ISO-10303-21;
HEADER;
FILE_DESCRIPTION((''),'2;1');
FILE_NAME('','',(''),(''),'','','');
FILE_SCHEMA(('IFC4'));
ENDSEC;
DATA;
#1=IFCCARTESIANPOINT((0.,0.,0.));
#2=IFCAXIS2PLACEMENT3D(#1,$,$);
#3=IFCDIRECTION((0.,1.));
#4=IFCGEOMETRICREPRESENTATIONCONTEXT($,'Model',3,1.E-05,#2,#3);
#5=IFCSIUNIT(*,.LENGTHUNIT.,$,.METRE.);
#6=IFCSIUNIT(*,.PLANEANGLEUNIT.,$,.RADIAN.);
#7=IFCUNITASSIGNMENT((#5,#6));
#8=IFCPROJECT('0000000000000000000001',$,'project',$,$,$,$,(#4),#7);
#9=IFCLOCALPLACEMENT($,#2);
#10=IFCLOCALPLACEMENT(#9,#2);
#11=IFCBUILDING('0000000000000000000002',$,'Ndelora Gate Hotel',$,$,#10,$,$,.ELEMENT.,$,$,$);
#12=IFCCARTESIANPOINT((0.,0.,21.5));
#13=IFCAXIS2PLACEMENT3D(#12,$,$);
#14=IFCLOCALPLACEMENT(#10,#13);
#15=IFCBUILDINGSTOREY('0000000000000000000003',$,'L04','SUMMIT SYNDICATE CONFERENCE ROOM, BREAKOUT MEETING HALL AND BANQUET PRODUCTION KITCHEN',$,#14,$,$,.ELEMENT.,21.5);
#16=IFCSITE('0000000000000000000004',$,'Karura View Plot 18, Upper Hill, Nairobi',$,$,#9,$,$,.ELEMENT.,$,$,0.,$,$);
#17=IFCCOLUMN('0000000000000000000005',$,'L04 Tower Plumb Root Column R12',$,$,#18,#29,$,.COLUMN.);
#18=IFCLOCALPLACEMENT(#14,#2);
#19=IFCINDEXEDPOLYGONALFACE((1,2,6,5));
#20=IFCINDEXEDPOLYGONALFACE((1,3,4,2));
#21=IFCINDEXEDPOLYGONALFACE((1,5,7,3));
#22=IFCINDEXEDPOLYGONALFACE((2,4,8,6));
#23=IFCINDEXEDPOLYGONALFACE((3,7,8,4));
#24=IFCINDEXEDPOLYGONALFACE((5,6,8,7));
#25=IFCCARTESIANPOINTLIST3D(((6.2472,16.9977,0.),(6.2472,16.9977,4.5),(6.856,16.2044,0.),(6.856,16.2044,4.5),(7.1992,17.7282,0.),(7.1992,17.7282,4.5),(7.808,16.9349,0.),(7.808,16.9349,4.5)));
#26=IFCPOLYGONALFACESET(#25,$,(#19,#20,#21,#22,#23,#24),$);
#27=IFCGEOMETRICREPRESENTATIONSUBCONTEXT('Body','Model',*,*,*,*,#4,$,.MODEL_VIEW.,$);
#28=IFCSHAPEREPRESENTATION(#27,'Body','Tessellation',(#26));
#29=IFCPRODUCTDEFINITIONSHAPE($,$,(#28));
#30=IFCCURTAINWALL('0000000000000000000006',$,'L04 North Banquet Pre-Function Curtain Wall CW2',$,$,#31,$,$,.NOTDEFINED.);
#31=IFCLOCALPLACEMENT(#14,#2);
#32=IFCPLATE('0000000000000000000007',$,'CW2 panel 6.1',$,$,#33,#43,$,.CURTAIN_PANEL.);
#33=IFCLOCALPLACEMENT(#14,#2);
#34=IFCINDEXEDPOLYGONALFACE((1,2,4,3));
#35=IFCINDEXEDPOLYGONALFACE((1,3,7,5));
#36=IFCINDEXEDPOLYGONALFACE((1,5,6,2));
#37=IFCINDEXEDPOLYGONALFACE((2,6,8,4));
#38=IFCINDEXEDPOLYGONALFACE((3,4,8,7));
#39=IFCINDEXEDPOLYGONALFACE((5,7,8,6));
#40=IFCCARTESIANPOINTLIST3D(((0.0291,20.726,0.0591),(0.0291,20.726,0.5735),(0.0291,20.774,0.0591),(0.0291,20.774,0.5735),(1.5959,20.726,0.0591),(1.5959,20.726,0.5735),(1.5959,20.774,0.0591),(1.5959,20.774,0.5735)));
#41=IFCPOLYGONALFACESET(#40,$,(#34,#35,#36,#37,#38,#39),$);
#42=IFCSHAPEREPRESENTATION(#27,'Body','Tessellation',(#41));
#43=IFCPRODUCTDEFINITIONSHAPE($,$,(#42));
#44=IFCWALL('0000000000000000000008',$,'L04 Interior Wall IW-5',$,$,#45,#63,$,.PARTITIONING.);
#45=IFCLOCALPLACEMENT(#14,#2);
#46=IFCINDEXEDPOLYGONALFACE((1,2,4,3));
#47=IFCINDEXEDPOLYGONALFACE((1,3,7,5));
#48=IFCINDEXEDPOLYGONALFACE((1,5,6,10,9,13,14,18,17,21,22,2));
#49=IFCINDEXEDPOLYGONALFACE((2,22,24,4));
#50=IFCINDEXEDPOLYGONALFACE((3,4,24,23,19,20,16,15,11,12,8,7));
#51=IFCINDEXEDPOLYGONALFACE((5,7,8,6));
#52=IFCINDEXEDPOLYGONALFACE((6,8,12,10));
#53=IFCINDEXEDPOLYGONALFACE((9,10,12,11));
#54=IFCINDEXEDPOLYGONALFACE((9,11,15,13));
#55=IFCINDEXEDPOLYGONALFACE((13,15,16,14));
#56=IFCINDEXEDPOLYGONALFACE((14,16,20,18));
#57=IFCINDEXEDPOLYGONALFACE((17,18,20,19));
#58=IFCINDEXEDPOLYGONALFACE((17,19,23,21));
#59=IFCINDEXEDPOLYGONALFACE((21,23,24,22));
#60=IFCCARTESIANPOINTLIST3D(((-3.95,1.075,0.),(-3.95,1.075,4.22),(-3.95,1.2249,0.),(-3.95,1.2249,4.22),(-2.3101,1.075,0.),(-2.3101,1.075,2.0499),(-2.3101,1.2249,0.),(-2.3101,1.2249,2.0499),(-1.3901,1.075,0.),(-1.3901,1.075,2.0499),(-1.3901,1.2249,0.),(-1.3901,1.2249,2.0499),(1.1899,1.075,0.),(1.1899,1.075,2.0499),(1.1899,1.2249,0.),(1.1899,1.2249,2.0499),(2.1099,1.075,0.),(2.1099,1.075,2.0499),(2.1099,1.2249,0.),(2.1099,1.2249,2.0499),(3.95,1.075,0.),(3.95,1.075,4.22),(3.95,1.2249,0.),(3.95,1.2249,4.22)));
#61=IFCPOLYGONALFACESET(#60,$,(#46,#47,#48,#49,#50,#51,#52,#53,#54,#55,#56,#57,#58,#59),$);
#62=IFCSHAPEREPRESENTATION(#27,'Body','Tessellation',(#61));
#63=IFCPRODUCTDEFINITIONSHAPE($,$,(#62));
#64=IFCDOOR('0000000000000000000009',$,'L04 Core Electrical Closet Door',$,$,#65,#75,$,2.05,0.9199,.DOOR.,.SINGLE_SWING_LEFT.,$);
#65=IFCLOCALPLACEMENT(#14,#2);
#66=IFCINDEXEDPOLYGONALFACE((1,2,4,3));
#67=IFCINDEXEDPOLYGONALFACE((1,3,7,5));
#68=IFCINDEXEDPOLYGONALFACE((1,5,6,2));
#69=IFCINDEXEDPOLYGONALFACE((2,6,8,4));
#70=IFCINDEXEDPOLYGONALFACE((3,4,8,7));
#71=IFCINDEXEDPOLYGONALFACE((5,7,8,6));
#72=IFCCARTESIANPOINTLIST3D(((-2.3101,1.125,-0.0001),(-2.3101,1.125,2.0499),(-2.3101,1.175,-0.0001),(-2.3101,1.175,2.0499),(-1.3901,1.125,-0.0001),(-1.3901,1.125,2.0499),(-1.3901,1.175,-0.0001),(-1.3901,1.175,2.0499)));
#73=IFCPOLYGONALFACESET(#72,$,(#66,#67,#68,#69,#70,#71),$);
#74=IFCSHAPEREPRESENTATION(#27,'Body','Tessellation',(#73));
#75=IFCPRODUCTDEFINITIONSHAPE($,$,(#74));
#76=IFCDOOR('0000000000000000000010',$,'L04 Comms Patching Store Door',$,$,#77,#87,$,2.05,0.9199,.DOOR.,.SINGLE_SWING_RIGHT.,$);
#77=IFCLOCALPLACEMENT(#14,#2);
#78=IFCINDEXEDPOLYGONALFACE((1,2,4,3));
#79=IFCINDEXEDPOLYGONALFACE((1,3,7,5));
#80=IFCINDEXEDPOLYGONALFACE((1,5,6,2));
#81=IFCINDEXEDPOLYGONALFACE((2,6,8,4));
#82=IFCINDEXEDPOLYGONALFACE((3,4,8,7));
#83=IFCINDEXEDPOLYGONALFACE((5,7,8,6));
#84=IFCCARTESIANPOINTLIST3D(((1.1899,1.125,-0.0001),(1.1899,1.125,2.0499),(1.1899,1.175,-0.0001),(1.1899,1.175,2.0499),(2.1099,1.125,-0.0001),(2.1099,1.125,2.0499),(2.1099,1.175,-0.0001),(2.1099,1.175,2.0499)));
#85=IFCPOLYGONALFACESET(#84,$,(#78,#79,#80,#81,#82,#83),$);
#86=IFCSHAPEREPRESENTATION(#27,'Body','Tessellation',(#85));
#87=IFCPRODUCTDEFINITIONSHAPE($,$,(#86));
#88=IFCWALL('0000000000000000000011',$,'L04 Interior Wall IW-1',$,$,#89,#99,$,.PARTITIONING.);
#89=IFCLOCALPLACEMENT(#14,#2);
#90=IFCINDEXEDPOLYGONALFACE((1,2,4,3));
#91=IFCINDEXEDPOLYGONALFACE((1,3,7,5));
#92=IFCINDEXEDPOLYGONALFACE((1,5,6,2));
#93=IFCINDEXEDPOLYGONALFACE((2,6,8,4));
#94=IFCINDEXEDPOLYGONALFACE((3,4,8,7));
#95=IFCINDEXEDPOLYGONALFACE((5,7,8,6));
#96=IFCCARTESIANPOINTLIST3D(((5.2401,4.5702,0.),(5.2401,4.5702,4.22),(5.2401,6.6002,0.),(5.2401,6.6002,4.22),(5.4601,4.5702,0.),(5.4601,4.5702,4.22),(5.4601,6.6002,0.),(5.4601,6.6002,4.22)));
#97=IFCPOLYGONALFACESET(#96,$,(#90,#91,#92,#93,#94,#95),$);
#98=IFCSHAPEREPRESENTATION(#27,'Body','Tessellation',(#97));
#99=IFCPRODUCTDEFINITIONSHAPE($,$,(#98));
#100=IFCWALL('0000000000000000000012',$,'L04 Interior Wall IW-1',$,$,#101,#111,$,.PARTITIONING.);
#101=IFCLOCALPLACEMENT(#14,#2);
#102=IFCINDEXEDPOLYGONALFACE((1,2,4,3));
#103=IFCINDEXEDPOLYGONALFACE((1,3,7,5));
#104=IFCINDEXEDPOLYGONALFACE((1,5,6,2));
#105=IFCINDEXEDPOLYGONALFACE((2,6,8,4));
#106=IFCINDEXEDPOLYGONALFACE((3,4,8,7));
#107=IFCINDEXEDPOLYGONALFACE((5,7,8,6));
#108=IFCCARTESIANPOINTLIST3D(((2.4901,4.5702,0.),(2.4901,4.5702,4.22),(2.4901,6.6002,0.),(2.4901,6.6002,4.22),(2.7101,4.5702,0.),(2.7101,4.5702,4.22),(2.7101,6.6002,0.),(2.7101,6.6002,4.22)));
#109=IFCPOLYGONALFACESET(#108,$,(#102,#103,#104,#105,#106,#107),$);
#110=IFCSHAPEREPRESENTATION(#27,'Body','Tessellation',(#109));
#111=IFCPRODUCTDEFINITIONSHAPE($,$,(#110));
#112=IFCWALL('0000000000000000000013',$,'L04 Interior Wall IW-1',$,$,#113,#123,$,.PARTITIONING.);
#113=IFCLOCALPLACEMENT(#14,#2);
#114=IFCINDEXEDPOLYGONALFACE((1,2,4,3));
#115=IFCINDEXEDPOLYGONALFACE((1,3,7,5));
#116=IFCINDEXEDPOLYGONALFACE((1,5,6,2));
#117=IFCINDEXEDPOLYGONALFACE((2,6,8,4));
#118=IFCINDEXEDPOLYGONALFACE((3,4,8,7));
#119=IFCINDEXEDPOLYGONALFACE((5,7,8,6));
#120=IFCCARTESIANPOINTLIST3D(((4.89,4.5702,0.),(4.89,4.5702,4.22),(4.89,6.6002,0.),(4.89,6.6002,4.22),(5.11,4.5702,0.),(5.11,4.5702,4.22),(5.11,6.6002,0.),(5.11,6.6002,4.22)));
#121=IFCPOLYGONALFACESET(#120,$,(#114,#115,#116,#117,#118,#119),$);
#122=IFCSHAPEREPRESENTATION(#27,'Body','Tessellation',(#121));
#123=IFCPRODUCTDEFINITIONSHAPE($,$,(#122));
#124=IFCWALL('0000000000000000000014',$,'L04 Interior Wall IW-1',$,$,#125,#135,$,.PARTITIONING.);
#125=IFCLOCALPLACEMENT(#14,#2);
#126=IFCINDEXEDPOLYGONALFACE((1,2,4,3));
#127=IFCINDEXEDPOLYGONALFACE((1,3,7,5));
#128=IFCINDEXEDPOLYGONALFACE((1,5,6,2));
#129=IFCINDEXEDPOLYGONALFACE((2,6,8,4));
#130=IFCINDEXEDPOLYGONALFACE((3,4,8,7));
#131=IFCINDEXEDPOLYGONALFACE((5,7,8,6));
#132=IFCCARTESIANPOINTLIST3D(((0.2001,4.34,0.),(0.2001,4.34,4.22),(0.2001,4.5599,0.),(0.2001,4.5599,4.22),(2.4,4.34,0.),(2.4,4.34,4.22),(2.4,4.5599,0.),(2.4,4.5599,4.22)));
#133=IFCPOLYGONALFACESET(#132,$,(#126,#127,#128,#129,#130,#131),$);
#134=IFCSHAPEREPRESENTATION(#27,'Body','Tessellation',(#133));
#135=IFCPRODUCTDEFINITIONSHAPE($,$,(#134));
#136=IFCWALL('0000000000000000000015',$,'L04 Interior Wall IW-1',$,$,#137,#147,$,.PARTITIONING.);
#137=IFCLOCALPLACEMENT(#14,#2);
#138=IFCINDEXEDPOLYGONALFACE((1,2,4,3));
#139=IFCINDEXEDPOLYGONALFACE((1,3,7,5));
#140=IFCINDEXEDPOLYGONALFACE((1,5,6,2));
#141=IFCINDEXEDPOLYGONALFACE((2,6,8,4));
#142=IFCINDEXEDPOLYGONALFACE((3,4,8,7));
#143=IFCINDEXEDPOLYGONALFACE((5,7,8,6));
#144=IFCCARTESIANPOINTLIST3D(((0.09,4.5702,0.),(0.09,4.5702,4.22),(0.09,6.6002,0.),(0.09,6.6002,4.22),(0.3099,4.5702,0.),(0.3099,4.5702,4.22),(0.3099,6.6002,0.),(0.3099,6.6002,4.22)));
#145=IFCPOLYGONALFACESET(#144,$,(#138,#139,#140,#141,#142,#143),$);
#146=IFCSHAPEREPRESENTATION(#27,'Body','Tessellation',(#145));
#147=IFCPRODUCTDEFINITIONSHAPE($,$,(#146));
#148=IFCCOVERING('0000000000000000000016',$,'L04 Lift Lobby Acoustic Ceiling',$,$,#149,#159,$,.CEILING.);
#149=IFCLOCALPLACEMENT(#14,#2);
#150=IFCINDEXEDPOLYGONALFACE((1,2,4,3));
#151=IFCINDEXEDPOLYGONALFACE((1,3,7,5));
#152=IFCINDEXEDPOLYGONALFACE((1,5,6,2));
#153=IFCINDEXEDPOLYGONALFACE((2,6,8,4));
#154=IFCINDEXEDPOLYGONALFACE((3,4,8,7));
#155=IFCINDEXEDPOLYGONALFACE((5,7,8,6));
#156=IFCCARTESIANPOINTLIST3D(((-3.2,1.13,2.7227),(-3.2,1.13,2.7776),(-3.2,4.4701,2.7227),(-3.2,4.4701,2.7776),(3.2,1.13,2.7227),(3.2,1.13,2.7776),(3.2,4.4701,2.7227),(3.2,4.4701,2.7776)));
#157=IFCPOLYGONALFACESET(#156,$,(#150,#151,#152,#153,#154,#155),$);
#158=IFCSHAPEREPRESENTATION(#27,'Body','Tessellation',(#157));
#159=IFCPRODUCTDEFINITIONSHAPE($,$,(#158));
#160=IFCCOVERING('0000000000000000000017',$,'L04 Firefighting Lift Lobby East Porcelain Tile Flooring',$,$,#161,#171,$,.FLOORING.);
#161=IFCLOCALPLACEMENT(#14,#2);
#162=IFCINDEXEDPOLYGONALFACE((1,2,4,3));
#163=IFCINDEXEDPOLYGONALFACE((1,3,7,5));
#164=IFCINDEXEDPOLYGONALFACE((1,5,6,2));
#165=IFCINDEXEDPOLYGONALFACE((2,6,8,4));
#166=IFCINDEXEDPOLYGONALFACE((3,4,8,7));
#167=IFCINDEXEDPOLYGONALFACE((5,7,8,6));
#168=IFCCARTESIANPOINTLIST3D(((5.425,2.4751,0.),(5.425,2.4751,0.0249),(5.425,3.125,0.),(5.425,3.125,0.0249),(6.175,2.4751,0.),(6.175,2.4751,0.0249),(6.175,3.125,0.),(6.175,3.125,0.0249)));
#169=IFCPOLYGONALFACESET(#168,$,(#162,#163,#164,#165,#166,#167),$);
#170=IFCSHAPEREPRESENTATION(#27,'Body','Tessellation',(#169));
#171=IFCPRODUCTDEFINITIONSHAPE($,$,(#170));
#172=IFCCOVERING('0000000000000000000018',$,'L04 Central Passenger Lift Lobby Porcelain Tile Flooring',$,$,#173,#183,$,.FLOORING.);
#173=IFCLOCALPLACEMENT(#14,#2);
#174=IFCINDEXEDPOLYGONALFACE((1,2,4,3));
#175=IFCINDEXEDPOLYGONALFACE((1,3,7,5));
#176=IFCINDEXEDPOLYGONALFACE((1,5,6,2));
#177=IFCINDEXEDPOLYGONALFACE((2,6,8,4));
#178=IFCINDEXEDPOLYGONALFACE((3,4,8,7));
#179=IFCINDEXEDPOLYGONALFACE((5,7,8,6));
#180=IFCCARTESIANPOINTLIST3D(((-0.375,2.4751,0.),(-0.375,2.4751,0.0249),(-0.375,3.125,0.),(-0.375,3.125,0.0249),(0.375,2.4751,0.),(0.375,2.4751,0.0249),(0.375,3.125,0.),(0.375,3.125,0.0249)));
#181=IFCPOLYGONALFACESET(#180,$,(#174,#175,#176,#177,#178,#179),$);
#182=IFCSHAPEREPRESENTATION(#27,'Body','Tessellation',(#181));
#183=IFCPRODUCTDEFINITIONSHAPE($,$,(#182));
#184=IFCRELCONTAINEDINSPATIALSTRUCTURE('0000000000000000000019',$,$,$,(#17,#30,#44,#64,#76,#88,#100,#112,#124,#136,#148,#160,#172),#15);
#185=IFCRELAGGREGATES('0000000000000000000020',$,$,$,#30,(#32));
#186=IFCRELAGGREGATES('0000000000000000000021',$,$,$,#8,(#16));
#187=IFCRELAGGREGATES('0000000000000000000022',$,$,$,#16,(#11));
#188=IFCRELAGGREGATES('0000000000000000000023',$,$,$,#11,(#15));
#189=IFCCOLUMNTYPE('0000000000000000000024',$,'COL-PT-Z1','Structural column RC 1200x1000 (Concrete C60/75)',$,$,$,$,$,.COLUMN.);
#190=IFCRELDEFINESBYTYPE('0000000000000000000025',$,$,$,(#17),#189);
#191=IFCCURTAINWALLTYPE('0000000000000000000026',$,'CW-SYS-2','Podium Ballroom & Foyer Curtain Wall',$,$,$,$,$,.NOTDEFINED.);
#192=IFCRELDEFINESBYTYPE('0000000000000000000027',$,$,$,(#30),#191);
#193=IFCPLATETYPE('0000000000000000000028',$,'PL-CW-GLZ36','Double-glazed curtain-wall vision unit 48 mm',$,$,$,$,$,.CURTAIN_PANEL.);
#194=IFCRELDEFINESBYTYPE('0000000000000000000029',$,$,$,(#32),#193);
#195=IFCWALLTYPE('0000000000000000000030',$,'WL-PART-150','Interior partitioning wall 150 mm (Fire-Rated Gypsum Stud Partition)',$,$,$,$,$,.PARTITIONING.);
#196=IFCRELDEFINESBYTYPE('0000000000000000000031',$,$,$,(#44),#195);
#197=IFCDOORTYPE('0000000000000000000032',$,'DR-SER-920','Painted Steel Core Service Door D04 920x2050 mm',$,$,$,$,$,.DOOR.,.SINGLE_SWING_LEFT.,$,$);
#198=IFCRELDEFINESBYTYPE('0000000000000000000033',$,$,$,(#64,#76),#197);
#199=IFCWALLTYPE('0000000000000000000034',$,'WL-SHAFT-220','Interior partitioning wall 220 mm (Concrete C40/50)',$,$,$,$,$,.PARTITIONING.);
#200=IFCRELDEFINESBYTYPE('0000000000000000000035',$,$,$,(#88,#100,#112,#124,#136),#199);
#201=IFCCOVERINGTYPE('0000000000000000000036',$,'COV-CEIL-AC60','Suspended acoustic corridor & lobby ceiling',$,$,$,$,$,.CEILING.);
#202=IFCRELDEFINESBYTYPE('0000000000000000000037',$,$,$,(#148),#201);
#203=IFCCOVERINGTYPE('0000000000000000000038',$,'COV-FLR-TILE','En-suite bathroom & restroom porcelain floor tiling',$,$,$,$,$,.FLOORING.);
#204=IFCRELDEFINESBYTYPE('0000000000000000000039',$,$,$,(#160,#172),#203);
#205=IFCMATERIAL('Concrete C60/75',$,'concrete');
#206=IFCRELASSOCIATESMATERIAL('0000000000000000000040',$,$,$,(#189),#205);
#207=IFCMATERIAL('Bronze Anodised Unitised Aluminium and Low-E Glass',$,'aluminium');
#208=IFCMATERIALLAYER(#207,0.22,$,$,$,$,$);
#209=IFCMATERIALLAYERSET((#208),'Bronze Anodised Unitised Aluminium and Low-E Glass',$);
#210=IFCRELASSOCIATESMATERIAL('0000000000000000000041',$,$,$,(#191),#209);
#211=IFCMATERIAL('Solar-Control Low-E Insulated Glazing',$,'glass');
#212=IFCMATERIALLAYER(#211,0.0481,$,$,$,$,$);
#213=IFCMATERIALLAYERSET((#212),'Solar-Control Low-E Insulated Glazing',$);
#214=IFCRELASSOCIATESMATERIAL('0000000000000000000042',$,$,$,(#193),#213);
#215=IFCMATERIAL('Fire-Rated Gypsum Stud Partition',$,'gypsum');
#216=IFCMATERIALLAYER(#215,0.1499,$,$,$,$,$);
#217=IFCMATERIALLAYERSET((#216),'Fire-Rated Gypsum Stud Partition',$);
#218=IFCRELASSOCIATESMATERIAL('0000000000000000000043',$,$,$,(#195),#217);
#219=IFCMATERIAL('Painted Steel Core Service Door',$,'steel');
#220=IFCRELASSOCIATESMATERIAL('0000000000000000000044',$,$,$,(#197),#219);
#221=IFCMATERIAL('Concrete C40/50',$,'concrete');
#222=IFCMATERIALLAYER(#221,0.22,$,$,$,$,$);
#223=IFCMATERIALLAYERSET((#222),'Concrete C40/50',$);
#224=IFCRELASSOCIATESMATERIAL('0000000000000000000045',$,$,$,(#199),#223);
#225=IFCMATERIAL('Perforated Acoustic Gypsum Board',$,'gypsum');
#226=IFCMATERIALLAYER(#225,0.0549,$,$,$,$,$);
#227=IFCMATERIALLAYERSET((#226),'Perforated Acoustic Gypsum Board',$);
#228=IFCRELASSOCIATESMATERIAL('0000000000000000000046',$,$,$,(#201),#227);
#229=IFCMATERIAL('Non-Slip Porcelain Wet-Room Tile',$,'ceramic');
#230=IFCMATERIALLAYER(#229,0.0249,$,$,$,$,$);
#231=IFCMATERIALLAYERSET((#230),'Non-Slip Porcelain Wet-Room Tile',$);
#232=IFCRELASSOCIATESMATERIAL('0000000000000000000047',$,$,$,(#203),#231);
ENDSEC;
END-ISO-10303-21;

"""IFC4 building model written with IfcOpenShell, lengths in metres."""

from ifc_helpers import new_model, si_unit, direction, frame, frame_2d, origin, origin_2d, place, context, subcontext, project, spatial, rectangle, extrude, material, layer, layer_set, material_profile, profile_set, type_object, element, fill, aggregate, save


model = new_model("IFC4")

# Units and contexts
model_context = context("Model", 3, precision=1e-05, world=origin(), true_north=direction((0.0, 1.0)))
body_context = subcontext(model_context, "Body", "Model", "MODEL_VIEW")
ifc_project = project(units=[si_unit("LENGTHUNIT", "METRE"), si_unit("PLANEANGLEUNIT", "RADIAN")], contexts=[model_context])

# Site, building, storey
site_placement = place(None, origin())
site = spatial("IfcSite", under=ifc_project, at=site_placement, Name="Karura View Plot 18, Upper Hill, Nairobi", CompositionType="ELEMENT", RefElevation=0.0)
building_placement = place(site_placement, origin())
building = spatial("IfcBuilding", under=site, at=building_placement, Name="Ndelora Gate Hotel", CompositionType="ELEMENT")
storey_placement = place(building_placement, frame((0.0, 0.0, 21.5)))
storey = spatial("IfcBuildingStorey", under=building, at=storey_placement, Name="L04", Description="SUMMIT SYNDICATE CONFERENCE ROOM, BREAKOUT MEETING HALL AND BANQUET PRODUCTION KITCHEN", CompositionType="ELEMENT", Elevation=21.5)

# Column
ifc_material_1 = material(Name="Concrete C60/75", Category="concrete")
ifc_material_profile = material_profile(ifc_material_1, rectangle(XDim=1.0, YDim=1.2, at=origin_2d()), Name="RC 1200x1000")
ifc_profile_set = profile_set([ifc_material_profile], Name="Concrete C60/75")
column_type = type_object("IfcColumnType", Name="COL-PT-Z1", Description="Structural column RC 1200x1000 (Concrete C60/75)", PredefinedType="COLUMN", material=ifc_profile_set)
column_placement = place(storey_placement, frame((7.0276, 16.9663, 0.0), z_axis=(0.0, 0.0, 1.0), x_axis=(-0.608761, 0.793353, 0.0)))
element("IfcColumn", 1, at=column_placement, inside=storey, type_object=column_type, Name="L04 Tower Plumb Root Column R12", PredefinedType="COLUMN", context=body_context, shape_type="SweptSolid", body=[
    extrude(rectangle(XDim=1.0, YDim=1.2, at=origin_2d()), origin(), (0.0, 0.0, 1.0), 4.5),
])

# Curtain wall, plate
ifc_material_2 = material(Name="Bronze Anodised Unitised Aluminium and Low-E Glass", Category="aluminium")
ifc_layer_1 = layer(ifc_material_2, 0.22)
ifc_layer_set_1 = layer_set([ifc_layer_1], Name="Bronze Anodised Unitised Aluminium and Low-E Glass")
curtain_wall_type = type_object("IfcCurtainWallType", Name="CW-SYS-2", Description="Podium Ballroom & Foyer Curtain Wall", PredefinedType="NOTDEFINED", material=ifc_layer_set_1)
curtain_wall_placement = place(storey_placement, origin())
curtain_wall = element("IfcCurtainWall", 2, at=curtain_wall_placement, inside=storey, type_object=curtain_wall_type, Name="L04 North Banquet Pre-Function Curtain Wall CW2", PredefinedType="NOTDEFINED")
ifc_material_3 = material(Name="Solar-Control Low-E Insulated Glazing", Category="glass")
ifc_layer_2 = layer(ifc_material_3, 0.0481)
ifc_layer_set_2 = layer_set([ifc_layer_2], Name="Solar-Control Low-E Insulated Glazing")
plate_type = type_object("IfcPlateType", Name="PL-CW-GLZ36", Description="Double-glazed curtain-wall vision unit 48 mm", PredefinedType="CURTAIN_PANEL", material=ifc_layer_set_2)
plate_placement = place(storey_placement, frame((0.8125, 20.75, 0.0591), z_axis=(0.0, 0.0, 1.0), x_axis=(-1.0, 0.0, 0.0)))
plate = element("IfcPlate", 3, at=plate_placement, type_object=plate_type, Name="CW2 panel 6.1", PredefinedType="CURTAIN_PANEL", context=body_context, shape_type="SweptSolid", body=[
    extrude(rectangle(XDim=1.5669, YDim=0.0481, at=origin_2d()), origin(), (0.0, 0.0, 1.0), 0.5144),
])
aggregate(curtain_wall, [plate])

# Shared definitions
ifc_material_4 = material(Name="Concrete C40/50", Category="concrete")

# Wall, openings, doors
ifc_material_5 = material(Name="Fire-Rated Gypsum Stud Partition", Category="gypsum")
ifc_layer_3 = layer(ifc_material_5, 0.1499)
ifc_layer_set_3 = layer_set([ifc_layer_3], Name="Fire-Rated Gypsum Stud Partition")
wall_type_1 = type_object("IfcWallType", Name="WL-PART-150", Description="Interior partitioning wall 150 mm (Fire-Rated Gypsum Stud Partition)", PredefinedType="PARTITIONING", material=ifc_layer_set_3)
wall_1_placement = place(storey_placement, frame((3.95, 1.1499, 0.0), z_axis=(0.0, 0.0, 1.0), x_axis=(-1.0, 0.0, 0.0)))
wall_1 = element("IfcWall", 4, at=wall_1_placement, inside=storey, type_object=wall_type_1, Name="L04 Interior Wall IW-5", PredefinedType="PARTITIONING", context=body_context, shape_type="SweptSolid", body=[
    extrude(rectangle(XDim=7.8999, YDim=0.1499, at=frame_2d((3.95, 0.0))), origin(), (0.0, 0.0, 1.0), 4.22),
])
opening_1_placement = place(wall_1_placement, frame((5.3401, 0.0, 0.0)))
opening_1 = element("IfcOpeningElement", 5, at=opening_1_placement, cuts=wall_1, PredefinedType="OPENING", context=body_context, shape_type="SweptSolid", body=[
    extrude(rectangle(XDim=0.9199, YDim=2.05, at=frame_2d((0.46, 1.0249))), frame((0.0, 0.085, 0.0), z_axis=(0.0, -1.0, 0.0), x_axis=(1.0, 0.0, 0.0)), (0.0, 0.0, 1.0), 0.1699),
])
opening_2_placement = place(wall_1_placement, frame((1.8401, 0.0, 0.0)))
opening_2 = element("IfcOpeningElement", 6, at=opening_2_placement, cuts=wall_1, PredefinedType="OPENING", context=body_context, shape_type="SweptSolid", body=[
    extrude(rectangle(XDim=0.9199, YDim=2.05, at=frame_2d((0.46, 1.0249))), frame((0.0, 0.085, 0.0), z_axis=(0.0, -1.0, 0.0), x_axis=(1.0, 0.0, 0.0)), (0.0, 0.0, 1.0), 0.1699),
])
ifc_material_6 = material(Name="Painted Steel Core Service Door", Category="steel")
door_type_1 = type_object("IfcDoorType", Name="DR-SER-920", Description="Painted Steel Core Service Door D04 920x2050 mm", OperationType="SINGLE_SWING_LEFT", PredefinedType="DOOR", material=ifc_material_6)
door_1_placement = place(opening_1_placement, origin())
door_1 = element("IfcDoor", 7, at=door_1_placement, inside=storey, type_object=door_type_1, Name="L04 Core Electrical Closet Door", OperationType="SINGLE_SWING_LEFT", OverallHeight=2.05, OverallWidth=0.9199, PredefinedType="DOOR", context=body_context, shape_type="SweptSolid", body=[
    extrude(rectangle(XDim=0.9199, YDim=2.05, at=frame_2d((0.46, 1.0249))), frame((0.0, 0.0249, 0.0), z_axis=(0.0, -1.0, 0.0), x_axis=(1.0, 0.0, 0.0)), (0.0, 0.0, 1.0), 0.05),
])
fill(opening_1, door_1)
door_2_placement = place(opening_2_placement, origin())
door_2 = element("IfcDoor", 8, at=door_2_placement, inside=storey, type_object=door_type_1, Name="L04 Comms Patching Store Door", OperationType="SINGLE_SWING_RIGHT", OverallHeight=2.05, OverallWidth=0.9199, PredefinedType="DOOR", context=body_context, shape_type="SweptSolid", body=[
    extrude(rectangle(XDim=0.9199, YDim=2.05, at=frame_2d((0.46, 1.0249))), frame((0.0, 0.0249, 0.0), z_axis=(0.0, -1.0, 0.0), x_axis=(1.0, 0.0, 0.0)), (0.0, 0.0, 1.0), 0.05),
])
fill(opening_2, door_2)

# Shared definitions
ifc_layer_4 = layer(ifc_material_4, 0.22)
ifc_layer_set_4 = layer_set([ifc_layer_4], Name="Concrete C40/50")
wall_type_2 = type_object("IfcWallType", Name="WL-SHAFT-220", Description="Interior partitioning wall 220 mm (Concrete C40/50)", PredefinedType="PARTITIONING", material=ifc_layer_set_4)

# Wall
wall_2_placement = place(storey_placement, frame((5.3501, 4.5701, 0.0), z_axis=(0.0, 0.0, 1.0), x_axis=(0.0, 1.0, 0.0)))
element("IfcWall", 9, at=wall_2_placement, inside=storey, type_object=wall_type_2, Name="L04 Interior Wall IW-1", PredefinedType="PARTITIONING", context=body_context, shape_type="SweptSolid", body=[
    extrude(rectangle(XDim=2.03, YDim=0.22, at=frame_2d((1.0151, 0.0))), origin(), (0.0, 0.0, 1.0), 4.22),
])

# Walls
for number, where, z_axis, x_axis, name in (
    (10, (2.6001, 4.5701, 0.0), (0.0, 0.0, 1.0), (0.0, 1.0, 0.0), "L04 Interior Wall IW-1"),
    (11, (5.0, 4.5701, 0.0), (0.0, 0.0, 1.0), (0.0, 1.0, 0.0), "L04 Interior Wall IW-1"),
):
    element("IfcWall", number, at=place(storey_placement, frame(where, z_axis=z_axis, x_axis=x_axis)), inside=storey, type_object=wall_type_2, Name=name, PredefinedType="PARTITIONING", context=body_context, shape_type="SweptSolid", body=[
        extrude(rectangle(XDim=2.03, YDim=0.22, at=frame_2d((1.0151, 0.0))), origin(), (0.0, 0.0, 1.0), 4.22),
    ])
wall_3_placement = place(storey_placement, frame((0.2, 4.45, 0.0), z_axis=(0.0, 0.0, 1.0), x_axis=(1.0, 0.0, 0.0)))
element("IfcWall", 12, at=wall_3_placement, inside=storey, type_object=wall_type_2, Name="L04 Interior Wall IW-1", PredefinedType="PARTITIONING", context=body_context, shape_type="SweptSolid", body=[
    extrude(rectangle(XDim=2.2, YDim=0.22, at=frame_2d((1.1001, 0.0))), origin(), (0.0, 0.0, 1.0), 4.22),
])
wall_4_placement = place(storey_placement, frame((0.2, 4.5701, 0.0), z_axis=(0.0, 0.0, 1.0), x_axis=(0.0, 1.0, 0.0)))
element("IfcWall", 13, at=wall_4_placement, inside=storey, type_object=wall_type_2, Name="L04 Interior Wall IW-1", PredefinedType="PARTITIONING", context=body_context, shape_type="SweptSolid", body=[
    extrude(rectangle(XDim=2.03, YDim=0.22, at=frame_2d((1.0151, 0.0))), origin(), (0.0, 0.0, 1.0), 4.22),
])

# Coverings
ifc_material_7 = material(Name="Perforated Acoustic Gypsum Board", Category="gypsum")
ifc_layer_5 = layer(ifc_material_7, 0.0549)
ifc_layer_set_5 = layer_set([ifc_layer_5], Name="Perforated Acoustic Gypsum Board")
covering_type_1 = type_object("IfcCoveringType", Name="COV-CEIL-AC60", Description="Suspended acoustic corridor & lobby ceiling", PredefinedType="CEILING", material=ifc_layer_set_5)
covering_placement = place(storey_placement, frame((0.0, 2.8, 2.7227), z_axis=(0.0, 0.0, 1.0), x_axis=(1.0, 0.0, 0.0)))
element("IfcCovering", 14, at=covering_placement, inside=storey, type_object=covering_type_1, Name="L04 Lift Lobby Acoustic Ceiling", PredefinedType="CEILING", context=body_context, shape_type="SweptSolid", body=[
    extrude(rectangle(XDim=6.3999, YDim=3.3401, at=origin_2d()), origin(), (0.0, 0.0, 1.0), 0.0549),
])
ifc_material_8 = material(Name="Non-Slip Porcelain Wet-Room Tile", Category="ceramic")
ifc_layer_6 = layer(ifc_material_8, 0.0249)
ifc_layer_set_6 = layer_set([ifc_layer_6], Name="Non-Slip Porcelain Wet-Room Tile")
covering_type_2 = type_object("IfcCoveringType", Name="COV-FLR-TILE", Description="En-suite bathroom & restroom porcelain floor tiling", PredefinedType="FLOORING", material=ifc_layer_set_6)
for number, where, z_axis, x_axis, name in (
    (15, (5.8, 2.8, 0.0), (0.0, 0.0, 1.0), (1.0, 0.0, 0.0), "L04 Firefighting Lift Lobby East Porcelain Tile Flooring"),
    (16, (0.0, 2.8, 0.0), (0.0, 0.0, 1.0), (1.0, 0.0, 0.0), "L04 Central Passenger Lift Lobby Porcelain Tile Flooring"),
):
    element("IfcCovering", number, at=place(storey_placement, frame(where, z_axis=z_axis, x_axis=x_axis)), inside=storey, type_object=covering_type_2, Name=name, PredefinedType="FLOORING", context=body_context, shape_type="SweptSolid", body=[
        extrude(rectangle(XDim=0.75, YDim=0.6499, at=origin_2d()), origin(), (0.0, 0.0, 1.0), 0.0249),
    ])

save(model, "model.ifc")
